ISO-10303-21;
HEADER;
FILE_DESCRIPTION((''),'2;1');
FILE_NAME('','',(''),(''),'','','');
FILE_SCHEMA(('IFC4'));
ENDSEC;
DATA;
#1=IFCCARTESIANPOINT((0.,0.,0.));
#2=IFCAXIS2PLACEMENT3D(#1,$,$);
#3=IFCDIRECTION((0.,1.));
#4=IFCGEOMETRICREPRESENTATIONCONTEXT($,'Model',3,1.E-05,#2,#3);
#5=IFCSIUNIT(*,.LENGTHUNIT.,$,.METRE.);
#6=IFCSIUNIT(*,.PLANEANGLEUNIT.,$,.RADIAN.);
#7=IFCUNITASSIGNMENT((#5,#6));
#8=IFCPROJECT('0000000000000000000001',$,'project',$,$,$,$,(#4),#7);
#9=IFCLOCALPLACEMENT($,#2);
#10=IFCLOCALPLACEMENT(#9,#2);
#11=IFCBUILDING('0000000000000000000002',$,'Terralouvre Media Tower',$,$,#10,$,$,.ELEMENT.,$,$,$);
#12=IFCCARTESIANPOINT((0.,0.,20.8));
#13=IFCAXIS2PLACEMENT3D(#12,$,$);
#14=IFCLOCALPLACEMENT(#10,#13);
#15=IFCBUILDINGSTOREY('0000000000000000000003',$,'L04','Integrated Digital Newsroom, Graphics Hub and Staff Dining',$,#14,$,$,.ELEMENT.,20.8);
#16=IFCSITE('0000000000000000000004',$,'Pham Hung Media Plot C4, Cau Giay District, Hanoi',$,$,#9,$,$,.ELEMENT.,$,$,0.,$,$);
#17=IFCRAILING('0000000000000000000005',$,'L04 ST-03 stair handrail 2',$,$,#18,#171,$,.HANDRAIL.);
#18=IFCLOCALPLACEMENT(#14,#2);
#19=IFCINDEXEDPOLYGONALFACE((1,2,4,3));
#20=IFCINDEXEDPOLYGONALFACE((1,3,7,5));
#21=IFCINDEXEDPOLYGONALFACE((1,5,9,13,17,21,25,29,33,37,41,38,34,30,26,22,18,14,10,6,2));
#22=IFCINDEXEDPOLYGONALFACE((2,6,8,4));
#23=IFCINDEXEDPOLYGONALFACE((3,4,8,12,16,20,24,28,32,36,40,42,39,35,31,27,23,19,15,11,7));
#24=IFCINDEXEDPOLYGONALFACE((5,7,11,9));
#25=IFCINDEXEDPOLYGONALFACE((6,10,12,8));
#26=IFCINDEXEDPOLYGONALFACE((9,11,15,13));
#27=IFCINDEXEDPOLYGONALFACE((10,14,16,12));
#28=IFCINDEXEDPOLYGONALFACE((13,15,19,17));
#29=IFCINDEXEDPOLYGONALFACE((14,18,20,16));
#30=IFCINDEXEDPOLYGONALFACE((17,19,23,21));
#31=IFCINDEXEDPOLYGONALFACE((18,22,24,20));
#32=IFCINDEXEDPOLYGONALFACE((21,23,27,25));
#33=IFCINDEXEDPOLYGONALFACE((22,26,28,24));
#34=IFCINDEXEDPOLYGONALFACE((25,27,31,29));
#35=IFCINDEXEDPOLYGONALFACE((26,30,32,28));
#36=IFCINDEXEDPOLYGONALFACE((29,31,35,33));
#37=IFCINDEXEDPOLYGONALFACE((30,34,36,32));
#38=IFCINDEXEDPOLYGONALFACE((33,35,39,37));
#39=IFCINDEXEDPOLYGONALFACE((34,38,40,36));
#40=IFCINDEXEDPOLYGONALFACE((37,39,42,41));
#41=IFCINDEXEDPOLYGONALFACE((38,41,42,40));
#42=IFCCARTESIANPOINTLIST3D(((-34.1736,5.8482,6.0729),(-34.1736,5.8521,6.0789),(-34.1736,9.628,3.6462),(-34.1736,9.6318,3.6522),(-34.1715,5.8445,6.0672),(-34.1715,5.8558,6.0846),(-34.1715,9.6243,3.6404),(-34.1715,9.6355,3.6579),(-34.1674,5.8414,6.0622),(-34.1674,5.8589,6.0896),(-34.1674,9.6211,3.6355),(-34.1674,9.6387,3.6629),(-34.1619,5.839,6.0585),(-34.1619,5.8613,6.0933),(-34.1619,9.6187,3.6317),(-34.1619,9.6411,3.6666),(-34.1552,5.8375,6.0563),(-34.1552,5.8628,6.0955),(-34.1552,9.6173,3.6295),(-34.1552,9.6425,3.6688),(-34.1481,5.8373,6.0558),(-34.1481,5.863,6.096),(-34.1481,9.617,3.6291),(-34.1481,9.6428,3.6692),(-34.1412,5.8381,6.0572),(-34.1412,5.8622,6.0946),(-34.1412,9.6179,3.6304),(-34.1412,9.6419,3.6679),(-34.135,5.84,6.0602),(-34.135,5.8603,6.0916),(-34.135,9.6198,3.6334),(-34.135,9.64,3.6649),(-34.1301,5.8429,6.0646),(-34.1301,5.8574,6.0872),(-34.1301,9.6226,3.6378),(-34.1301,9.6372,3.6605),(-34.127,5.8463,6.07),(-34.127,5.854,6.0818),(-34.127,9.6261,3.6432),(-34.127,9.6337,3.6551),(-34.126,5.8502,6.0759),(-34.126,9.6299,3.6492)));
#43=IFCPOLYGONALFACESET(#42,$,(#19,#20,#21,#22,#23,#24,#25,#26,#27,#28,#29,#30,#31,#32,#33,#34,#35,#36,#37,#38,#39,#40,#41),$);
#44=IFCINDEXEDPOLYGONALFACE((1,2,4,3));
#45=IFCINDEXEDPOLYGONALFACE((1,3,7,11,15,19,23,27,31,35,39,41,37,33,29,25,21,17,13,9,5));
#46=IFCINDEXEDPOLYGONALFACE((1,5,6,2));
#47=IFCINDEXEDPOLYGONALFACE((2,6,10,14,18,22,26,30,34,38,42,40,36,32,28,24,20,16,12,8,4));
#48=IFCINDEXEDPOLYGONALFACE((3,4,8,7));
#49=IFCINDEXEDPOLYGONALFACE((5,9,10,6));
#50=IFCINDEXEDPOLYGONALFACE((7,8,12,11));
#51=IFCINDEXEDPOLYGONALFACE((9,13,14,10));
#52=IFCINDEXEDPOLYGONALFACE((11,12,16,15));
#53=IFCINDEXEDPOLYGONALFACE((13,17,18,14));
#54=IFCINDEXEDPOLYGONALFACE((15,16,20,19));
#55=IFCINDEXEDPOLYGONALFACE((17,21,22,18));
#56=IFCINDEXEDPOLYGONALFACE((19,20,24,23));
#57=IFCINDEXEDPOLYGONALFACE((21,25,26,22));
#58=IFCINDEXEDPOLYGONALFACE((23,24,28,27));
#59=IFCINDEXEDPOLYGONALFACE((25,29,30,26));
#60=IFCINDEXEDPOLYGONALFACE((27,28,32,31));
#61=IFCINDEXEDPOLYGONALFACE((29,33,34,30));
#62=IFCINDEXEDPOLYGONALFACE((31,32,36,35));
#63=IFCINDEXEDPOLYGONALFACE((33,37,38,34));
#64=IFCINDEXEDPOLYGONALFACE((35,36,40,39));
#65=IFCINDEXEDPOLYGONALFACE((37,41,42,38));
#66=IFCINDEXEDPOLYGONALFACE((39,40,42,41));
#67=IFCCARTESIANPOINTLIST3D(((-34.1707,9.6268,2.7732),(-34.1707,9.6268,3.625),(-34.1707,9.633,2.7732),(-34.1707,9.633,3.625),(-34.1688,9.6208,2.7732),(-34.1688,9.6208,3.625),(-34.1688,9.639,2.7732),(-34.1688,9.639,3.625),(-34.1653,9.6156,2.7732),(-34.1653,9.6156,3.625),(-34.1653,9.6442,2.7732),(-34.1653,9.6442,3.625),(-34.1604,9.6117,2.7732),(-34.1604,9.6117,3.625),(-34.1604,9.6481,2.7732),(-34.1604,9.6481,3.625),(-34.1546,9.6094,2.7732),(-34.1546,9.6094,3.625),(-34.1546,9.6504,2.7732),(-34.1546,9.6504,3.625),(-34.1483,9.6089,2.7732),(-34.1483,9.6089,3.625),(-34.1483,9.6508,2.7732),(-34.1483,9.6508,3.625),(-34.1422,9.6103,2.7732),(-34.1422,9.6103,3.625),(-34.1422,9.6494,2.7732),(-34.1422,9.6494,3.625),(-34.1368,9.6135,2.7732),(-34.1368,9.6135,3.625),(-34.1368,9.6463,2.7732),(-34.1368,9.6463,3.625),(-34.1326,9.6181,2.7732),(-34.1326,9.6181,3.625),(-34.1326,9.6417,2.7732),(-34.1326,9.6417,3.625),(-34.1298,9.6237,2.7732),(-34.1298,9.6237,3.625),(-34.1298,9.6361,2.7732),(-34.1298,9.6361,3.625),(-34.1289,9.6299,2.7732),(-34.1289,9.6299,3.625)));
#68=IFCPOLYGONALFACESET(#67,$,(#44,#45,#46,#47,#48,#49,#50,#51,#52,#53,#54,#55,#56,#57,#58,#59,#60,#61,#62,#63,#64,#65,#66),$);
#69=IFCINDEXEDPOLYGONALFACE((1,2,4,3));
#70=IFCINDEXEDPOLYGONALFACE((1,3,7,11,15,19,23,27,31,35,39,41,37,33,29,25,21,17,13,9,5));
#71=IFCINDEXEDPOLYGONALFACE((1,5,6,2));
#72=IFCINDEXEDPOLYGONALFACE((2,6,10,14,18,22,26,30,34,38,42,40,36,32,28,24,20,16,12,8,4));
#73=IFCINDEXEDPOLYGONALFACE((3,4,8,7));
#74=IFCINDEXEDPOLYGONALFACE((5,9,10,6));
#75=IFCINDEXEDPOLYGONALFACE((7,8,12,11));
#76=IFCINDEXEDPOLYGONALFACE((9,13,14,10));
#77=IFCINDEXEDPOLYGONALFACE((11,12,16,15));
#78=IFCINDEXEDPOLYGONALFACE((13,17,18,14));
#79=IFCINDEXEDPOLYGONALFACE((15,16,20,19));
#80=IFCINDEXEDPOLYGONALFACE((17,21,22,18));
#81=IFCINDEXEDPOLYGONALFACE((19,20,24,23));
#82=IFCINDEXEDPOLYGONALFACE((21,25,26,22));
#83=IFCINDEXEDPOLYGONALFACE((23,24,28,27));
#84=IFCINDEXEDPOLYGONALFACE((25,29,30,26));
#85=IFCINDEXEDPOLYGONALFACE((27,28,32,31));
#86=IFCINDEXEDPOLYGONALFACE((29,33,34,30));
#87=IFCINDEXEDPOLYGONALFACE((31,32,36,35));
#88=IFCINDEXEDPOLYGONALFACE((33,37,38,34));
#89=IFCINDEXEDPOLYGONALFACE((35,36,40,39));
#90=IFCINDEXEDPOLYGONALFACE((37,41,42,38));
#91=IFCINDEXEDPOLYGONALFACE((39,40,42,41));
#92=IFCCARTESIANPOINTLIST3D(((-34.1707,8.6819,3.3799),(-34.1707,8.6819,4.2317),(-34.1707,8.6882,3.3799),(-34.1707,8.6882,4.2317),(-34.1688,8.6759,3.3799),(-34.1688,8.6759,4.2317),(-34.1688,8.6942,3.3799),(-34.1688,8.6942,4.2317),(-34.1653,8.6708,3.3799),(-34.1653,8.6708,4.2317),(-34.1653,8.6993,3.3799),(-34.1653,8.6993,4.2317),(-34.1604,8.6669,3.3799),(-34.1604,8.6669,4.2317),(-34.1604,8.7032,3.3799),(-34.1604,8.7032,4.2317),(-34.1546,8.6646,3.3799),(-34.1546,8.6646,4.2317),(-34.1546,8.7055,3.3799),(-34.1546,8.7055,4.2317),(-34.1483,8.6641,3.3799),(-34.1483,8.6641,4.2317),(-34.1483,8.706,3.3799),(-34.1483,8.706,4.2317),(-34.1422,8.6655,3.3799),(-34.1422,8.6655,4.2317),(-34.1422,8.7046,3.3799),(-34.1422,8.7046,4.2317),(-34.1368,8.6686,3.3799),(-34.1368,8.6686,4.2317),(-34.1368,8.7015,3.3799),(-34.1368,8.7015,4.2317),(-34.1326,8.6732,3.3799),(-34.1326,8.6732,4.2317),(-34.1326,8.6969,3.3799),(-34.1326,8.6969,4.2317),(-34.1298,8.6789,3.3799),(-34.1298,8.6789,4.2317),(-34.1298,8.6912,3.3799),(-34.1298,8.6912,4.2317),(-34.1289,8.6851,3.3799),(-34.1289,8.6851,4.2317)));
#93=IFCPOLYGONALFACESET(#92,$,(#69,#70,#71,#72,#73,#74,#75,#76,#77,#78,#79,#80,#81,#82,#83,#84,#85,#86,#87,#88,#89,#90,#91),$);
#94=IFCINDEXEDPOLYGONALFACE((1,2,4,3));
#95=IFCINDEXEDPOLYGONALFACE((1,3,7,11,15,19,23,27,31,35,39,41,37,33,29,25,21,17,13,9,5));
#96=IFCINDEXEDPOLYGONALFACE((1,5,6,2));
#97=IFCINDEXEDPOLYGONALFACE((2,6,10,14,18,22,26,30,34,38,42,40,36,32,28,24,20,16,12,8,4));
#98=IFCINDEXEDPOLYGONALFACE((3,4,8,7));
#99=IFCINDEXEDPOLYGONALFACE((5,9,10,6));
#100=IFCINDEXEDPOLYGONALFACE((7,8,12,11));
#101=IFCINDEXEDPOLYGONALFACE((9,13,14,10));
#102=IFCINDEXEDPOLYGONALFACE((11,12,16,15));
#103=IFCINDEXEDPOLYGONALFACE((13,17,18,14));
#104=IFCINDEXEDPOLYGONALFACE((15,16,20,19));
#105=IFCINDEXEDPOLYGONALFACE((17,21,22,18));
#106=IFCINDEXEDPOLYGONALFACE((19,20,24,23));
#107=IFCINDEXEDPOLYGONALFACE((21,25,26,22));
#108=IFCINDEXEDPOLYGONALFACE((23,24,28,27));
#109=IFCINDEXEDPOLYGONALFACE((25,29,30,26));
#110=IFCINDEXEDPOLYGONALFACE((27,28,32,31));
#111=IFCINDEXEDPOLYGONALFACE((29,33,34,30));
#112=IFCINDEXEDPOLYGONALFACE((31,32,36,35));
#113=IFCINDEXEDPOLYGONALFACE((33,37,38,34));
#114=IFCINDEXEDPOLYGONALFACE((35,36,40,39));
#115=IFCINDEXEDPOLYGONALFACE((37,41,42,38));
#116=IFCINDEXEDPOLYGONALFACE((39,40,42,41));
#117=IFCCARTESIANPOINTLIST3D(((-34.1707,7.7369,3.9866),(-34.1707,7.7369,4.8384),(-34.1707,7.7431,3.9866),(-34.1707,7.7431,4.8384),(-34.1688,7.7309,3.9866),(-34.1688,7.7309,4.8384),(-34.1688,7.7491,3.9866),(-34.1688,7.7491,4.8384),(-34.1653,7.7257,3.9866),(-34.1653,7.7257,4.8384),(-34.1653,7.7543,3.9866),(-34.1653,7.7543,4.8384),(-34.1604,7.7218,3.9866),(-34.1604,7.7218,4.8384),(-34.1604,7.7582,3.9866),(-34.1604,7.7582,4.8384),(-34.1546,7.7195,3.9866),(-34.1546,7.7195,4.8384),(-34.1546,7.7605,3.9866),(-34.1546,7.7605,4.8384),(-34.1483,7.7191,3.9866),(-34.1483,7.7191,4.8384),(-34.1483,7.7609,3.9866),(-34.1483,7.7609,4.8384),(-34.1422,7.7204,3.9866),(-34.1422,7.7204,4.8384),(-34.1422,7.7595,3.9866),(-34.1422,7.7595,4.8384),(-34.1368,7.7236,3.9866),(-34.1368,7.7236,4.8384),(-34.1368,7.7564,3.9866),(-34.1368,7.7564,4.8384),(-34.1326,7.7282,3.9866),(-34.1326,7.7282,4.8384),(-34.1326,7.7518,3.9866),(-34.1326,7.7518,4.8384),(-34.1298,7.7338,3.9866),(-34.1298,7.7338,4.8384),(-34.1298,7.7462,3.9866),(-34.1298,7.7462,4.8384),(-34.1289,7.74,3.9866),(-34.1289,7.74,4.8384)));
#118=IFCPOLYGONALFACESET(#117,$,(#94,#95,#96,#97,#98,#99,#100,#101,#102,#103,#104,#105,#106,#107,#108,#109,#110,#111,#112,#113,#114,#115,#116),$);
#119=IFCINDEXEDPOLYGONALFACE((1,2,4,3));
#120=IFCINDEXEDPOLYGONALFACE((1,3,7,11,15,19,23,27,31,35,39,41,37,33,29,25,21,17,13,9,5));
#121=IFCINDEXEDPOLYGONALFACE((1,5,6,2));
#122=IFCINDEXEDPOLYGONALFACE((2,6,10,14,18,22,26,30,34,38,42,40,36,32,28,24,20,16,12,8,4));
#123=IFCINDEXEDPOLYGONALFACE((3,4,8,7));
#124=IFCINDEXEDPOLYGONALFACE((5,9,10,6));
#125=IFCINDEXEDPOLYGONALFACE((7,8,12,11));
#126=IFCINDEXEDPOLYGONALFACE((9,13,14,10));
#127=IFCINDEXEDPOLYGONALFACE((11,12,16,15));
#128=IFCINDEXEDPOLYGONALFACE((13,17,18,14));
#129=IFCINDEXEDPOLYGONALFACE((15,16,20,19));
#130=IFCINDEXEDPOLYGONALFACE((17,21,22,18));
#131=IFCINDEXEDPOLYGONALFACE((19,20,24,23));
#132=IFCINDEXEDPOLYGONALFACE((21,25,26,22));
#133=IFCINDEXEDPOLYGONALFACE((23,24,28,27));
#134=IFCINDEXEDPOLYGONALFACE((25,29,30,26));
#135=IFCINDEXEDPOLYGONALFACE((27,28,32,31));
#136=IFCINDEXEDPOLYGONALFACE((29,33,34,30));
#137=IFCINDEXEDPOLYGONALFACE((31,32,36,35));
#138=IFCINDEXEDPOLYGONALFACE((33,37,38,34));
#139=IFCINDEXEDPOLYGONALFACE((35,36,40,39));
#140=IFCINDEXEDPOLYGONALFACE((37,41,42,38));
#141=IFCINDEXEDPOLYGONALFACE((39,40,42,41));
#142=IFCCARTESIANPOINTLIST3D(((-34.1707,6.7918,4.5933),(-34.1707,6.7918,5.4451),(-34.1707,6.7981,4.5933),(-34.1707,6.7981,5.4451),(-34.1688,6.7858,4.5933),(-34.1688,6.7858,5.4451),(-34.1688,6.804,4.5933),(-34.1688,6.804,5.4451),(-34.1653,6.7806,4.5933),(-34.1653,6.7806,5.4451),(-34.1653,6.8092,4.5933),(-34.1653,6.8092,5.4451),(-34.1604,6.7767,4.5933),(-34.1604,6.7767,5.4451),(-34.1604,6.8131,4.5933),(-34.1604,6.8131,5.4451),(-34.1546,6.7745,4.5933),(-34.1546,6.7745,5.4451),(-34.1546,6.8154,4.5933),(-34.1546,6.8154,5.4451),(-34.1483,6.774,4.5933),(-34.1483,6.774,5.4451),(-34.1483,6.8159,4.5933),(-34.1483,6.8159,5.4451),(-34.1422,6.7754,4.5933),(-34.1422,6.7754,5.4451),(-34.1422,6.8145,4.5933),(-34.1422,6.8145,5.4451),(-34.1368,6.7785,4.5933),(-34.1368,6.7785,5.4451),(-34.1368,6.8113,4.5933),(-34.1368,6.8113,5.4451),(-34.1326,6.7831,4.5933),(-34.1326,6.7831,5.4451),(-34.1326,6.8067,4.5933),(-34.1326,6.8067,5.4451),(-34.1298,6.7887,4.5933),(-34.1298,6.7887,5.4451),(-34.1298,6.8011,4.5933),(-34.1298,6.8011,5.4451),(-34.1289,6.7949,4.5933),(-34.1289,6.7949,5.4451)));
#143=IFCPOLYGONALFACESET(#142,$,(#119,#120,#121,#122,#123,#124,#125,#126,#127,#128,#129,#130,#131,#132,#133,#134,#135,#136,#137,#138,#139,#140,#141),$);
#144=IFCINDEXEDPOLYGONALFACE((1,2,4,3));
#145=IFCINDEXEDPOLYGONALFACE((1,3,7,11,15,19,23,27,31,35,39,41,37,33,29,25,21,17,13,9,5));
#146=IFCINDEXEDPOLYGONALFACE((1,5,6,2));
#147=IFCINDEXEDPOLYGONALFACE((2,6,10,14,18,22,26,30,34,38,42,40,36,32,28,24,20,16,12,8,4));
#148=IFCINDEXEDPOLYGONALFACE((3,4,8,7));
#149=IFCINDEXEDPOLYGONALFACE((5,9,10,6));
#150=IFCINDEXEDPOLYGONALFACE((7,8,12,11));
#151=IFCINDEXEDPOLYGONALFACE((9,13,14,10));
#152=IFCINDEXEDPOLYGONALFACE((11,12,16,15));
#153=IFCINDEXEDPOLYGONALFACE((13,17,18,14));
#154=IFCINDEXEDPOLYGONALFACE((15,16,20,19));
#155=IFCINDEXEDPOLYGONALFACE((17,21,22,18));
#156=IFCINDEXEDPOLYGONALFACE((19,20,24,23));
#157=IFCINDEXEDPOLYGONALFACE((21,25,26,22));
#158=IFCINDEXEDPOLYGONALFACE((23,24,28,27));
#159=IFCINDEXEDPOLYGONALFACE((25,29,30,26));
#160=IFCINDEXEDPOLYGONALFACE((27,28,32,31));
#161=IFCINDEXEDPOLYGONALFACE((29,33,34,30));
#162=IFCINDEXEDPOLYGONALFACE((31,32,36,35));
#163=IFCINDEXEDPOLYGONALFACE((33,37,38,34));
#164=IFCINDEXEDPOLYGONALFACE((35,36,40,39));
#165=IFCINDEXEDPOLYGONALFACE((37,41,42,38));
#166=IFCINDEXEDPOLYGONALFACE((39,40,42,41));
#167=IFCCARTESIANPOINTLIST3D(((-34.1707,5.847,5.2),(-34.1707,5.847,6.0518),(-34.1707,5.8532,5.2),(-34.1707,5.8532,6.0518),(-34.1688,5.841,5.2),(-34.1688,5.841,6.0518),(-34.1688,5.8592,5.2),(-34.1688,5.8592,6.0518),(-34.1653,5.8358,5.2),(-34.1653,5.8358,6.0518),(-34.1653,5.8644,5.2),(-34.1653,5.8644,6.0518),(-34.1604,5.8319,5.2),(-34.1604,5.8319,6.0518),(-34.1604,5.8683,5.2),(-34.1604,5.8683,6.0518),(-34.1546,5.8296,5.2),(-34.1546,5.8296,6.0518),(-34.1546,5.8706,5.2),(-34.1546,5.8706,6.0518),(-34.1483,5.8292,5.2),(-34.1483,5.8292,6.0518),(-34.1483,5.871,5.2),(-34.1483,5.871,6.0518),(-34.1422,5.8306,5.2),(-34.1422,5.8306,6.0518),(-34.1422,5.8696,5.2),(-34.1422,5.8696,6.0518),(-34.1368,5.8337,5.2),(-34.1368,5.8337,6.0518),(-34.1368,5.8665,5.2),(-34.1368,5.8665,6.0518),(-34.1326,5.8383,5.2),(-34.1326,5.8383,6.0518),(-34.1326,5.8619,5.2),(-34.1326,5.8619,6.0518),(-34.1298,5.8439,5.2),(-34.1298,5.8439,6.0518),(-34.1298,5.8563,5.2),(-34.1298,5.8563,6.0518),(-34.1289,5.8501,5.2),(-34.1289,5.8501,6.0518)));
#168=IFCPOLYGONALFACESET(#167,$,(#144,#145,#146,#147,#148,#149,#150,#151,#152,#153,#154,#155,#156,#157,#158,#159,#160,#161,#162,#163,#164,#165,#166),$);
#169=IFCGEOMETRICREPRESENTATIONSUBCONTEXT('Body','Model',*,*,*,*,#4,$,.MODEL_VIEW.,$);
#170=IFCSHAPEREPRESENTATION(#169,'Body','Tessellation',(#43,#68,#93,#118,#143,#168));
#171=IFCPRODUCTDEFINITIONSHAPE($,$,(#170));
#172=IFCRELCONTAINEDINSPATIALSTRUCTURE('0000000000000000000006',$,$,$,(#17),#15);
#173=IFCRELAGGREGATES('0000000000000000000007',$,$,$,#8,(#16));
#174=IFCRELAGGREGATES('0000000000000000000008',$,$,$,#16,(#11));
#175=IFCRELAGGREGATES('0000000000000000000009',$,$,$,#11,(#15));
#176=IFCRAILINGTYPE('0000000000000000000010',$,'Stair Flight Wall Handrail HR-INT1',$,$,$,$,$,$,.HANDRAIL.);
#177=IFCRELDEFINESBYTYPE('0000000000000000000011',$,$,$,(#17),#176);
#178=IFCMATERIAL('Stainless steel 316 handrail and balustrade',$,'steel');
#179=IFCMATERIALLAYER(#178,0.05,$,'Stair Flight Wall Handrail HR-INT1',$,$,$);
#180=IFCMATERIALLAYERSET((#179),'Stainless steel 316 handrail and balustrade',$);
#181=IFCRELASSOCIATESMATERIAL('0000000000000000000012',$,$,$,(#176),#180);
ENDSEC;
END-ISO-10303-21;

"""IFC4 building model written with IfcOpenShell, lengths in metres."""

from ifc_helpers import new_model, si_unit, direction, frame, origin, origin_2d, place, context, subcontext, project, spatial, circle, extrude, material, layer, layer_set, type_object, element, save


model = new_model("IFC4")

# Units and contexts
model_context = context("Model", 3, precision=1e-05, world=origin(), true_north=direction((0.0, 1.0)))
body_context = subcontext(model_context, "Body", "Model", "MODEL_VIEW")
ifc_project = project(units=[si_unit("LENGTHUNIT", "METRE"), si_unit("PLANEANGLEUNIT", "RADIAN")], contexts=[model_context])

# Site, building, storey
site_placement = place(None, origin())
site = spatial("IfcSite", under=ifc_project, at=site_placement, Name="Pham Hung Media Plot C4, Cau Giay District, Hanoi", CompositionType="ELEMENT", RefElevation=0.0)
building_placement = place(site_placement, origin())
building = spatial("IfcBuilding", under=site, at=building_placement, Name="Terralouvre Media Tower", CompositionType="ELEMENT")
storey_placement = place(building_placement, frame((0.0, 0.0, 20.8)))
storey = spatial("IfcBuildingStorey", under=building, at=storey_placement, Name="L04", Description="Integrated Digital Newsroom, Graphics Hub and Staff Dining", CompositionType="ELEMENT", Elevation=20.8)

# Railing
ifc_material_1 = material(Name="Stainless steel 316 handrail and balustrade", Category="steel")
ifc_layer_1 = layer(ifc_material_1, 0.05, Name="Stair Flight Wall Handrail HR-INT1")
ifc_layer_set_1 = layer_set([ifc_layer_1], Name="Stainless steel 316 handrail and balustrade")
railing_type_1 = type_object("IfcRailingType", Name="Stair Flight Wall Handrail HR-INT1", PredefinedType="HANDRAIL", material=ifc_layer_set_1)
railing_1_placement = place(storey_placement, frame((-34.1499, 9.6299, 2.7732)))
element("IfcRailing", 1, at=railing_1_placement, inside=storey, type_object=railing_type_1, Name="L04 ST-03 stair handrail 2", PredefinedType="HANDRAIL", context=body_context, shape_type="SweptSolid", body=[
    extrude(circle(Radius=0.0239, at=origin_2d()), frame((0.0, 0.0, 0.876), z_axis=(0.0, -0.841493, 0.540269), x_axis=(1.0, 0.0, 0.0)), (0.0, 0.0, 1.0), 4.4917),
    extrude(circle(Radius=0.021, at=origin_2d()), origin(), (0.0, 0.0, 1.0), 0.8518),
    extrude(circle(Radius=0.021, at=origin_2d()), frame((0.0, -0.9448, 0.6067)), (0.0, 0.0, 1.0), 0.8518),
    extrude(circle(Radius=0.021, at=origin_2d()), frame((0.0, -1.8899, 1.2134)), (0.0, 0.0, 1.0), 0.8518),
    extrude(circle(Radius=0.021, at=origin_2d()), frame((0.0, -2.835, 1.8201)), (0.0, 0.0, 1.0), 0.8518),
    extrude(circle(Radius=0.021, at=origin_2d()), frame((0.0, -3.7798, 2.4268)), (0.0, 0.0, 1.0), 0.8518),
])

save(model, "model.ifc")
